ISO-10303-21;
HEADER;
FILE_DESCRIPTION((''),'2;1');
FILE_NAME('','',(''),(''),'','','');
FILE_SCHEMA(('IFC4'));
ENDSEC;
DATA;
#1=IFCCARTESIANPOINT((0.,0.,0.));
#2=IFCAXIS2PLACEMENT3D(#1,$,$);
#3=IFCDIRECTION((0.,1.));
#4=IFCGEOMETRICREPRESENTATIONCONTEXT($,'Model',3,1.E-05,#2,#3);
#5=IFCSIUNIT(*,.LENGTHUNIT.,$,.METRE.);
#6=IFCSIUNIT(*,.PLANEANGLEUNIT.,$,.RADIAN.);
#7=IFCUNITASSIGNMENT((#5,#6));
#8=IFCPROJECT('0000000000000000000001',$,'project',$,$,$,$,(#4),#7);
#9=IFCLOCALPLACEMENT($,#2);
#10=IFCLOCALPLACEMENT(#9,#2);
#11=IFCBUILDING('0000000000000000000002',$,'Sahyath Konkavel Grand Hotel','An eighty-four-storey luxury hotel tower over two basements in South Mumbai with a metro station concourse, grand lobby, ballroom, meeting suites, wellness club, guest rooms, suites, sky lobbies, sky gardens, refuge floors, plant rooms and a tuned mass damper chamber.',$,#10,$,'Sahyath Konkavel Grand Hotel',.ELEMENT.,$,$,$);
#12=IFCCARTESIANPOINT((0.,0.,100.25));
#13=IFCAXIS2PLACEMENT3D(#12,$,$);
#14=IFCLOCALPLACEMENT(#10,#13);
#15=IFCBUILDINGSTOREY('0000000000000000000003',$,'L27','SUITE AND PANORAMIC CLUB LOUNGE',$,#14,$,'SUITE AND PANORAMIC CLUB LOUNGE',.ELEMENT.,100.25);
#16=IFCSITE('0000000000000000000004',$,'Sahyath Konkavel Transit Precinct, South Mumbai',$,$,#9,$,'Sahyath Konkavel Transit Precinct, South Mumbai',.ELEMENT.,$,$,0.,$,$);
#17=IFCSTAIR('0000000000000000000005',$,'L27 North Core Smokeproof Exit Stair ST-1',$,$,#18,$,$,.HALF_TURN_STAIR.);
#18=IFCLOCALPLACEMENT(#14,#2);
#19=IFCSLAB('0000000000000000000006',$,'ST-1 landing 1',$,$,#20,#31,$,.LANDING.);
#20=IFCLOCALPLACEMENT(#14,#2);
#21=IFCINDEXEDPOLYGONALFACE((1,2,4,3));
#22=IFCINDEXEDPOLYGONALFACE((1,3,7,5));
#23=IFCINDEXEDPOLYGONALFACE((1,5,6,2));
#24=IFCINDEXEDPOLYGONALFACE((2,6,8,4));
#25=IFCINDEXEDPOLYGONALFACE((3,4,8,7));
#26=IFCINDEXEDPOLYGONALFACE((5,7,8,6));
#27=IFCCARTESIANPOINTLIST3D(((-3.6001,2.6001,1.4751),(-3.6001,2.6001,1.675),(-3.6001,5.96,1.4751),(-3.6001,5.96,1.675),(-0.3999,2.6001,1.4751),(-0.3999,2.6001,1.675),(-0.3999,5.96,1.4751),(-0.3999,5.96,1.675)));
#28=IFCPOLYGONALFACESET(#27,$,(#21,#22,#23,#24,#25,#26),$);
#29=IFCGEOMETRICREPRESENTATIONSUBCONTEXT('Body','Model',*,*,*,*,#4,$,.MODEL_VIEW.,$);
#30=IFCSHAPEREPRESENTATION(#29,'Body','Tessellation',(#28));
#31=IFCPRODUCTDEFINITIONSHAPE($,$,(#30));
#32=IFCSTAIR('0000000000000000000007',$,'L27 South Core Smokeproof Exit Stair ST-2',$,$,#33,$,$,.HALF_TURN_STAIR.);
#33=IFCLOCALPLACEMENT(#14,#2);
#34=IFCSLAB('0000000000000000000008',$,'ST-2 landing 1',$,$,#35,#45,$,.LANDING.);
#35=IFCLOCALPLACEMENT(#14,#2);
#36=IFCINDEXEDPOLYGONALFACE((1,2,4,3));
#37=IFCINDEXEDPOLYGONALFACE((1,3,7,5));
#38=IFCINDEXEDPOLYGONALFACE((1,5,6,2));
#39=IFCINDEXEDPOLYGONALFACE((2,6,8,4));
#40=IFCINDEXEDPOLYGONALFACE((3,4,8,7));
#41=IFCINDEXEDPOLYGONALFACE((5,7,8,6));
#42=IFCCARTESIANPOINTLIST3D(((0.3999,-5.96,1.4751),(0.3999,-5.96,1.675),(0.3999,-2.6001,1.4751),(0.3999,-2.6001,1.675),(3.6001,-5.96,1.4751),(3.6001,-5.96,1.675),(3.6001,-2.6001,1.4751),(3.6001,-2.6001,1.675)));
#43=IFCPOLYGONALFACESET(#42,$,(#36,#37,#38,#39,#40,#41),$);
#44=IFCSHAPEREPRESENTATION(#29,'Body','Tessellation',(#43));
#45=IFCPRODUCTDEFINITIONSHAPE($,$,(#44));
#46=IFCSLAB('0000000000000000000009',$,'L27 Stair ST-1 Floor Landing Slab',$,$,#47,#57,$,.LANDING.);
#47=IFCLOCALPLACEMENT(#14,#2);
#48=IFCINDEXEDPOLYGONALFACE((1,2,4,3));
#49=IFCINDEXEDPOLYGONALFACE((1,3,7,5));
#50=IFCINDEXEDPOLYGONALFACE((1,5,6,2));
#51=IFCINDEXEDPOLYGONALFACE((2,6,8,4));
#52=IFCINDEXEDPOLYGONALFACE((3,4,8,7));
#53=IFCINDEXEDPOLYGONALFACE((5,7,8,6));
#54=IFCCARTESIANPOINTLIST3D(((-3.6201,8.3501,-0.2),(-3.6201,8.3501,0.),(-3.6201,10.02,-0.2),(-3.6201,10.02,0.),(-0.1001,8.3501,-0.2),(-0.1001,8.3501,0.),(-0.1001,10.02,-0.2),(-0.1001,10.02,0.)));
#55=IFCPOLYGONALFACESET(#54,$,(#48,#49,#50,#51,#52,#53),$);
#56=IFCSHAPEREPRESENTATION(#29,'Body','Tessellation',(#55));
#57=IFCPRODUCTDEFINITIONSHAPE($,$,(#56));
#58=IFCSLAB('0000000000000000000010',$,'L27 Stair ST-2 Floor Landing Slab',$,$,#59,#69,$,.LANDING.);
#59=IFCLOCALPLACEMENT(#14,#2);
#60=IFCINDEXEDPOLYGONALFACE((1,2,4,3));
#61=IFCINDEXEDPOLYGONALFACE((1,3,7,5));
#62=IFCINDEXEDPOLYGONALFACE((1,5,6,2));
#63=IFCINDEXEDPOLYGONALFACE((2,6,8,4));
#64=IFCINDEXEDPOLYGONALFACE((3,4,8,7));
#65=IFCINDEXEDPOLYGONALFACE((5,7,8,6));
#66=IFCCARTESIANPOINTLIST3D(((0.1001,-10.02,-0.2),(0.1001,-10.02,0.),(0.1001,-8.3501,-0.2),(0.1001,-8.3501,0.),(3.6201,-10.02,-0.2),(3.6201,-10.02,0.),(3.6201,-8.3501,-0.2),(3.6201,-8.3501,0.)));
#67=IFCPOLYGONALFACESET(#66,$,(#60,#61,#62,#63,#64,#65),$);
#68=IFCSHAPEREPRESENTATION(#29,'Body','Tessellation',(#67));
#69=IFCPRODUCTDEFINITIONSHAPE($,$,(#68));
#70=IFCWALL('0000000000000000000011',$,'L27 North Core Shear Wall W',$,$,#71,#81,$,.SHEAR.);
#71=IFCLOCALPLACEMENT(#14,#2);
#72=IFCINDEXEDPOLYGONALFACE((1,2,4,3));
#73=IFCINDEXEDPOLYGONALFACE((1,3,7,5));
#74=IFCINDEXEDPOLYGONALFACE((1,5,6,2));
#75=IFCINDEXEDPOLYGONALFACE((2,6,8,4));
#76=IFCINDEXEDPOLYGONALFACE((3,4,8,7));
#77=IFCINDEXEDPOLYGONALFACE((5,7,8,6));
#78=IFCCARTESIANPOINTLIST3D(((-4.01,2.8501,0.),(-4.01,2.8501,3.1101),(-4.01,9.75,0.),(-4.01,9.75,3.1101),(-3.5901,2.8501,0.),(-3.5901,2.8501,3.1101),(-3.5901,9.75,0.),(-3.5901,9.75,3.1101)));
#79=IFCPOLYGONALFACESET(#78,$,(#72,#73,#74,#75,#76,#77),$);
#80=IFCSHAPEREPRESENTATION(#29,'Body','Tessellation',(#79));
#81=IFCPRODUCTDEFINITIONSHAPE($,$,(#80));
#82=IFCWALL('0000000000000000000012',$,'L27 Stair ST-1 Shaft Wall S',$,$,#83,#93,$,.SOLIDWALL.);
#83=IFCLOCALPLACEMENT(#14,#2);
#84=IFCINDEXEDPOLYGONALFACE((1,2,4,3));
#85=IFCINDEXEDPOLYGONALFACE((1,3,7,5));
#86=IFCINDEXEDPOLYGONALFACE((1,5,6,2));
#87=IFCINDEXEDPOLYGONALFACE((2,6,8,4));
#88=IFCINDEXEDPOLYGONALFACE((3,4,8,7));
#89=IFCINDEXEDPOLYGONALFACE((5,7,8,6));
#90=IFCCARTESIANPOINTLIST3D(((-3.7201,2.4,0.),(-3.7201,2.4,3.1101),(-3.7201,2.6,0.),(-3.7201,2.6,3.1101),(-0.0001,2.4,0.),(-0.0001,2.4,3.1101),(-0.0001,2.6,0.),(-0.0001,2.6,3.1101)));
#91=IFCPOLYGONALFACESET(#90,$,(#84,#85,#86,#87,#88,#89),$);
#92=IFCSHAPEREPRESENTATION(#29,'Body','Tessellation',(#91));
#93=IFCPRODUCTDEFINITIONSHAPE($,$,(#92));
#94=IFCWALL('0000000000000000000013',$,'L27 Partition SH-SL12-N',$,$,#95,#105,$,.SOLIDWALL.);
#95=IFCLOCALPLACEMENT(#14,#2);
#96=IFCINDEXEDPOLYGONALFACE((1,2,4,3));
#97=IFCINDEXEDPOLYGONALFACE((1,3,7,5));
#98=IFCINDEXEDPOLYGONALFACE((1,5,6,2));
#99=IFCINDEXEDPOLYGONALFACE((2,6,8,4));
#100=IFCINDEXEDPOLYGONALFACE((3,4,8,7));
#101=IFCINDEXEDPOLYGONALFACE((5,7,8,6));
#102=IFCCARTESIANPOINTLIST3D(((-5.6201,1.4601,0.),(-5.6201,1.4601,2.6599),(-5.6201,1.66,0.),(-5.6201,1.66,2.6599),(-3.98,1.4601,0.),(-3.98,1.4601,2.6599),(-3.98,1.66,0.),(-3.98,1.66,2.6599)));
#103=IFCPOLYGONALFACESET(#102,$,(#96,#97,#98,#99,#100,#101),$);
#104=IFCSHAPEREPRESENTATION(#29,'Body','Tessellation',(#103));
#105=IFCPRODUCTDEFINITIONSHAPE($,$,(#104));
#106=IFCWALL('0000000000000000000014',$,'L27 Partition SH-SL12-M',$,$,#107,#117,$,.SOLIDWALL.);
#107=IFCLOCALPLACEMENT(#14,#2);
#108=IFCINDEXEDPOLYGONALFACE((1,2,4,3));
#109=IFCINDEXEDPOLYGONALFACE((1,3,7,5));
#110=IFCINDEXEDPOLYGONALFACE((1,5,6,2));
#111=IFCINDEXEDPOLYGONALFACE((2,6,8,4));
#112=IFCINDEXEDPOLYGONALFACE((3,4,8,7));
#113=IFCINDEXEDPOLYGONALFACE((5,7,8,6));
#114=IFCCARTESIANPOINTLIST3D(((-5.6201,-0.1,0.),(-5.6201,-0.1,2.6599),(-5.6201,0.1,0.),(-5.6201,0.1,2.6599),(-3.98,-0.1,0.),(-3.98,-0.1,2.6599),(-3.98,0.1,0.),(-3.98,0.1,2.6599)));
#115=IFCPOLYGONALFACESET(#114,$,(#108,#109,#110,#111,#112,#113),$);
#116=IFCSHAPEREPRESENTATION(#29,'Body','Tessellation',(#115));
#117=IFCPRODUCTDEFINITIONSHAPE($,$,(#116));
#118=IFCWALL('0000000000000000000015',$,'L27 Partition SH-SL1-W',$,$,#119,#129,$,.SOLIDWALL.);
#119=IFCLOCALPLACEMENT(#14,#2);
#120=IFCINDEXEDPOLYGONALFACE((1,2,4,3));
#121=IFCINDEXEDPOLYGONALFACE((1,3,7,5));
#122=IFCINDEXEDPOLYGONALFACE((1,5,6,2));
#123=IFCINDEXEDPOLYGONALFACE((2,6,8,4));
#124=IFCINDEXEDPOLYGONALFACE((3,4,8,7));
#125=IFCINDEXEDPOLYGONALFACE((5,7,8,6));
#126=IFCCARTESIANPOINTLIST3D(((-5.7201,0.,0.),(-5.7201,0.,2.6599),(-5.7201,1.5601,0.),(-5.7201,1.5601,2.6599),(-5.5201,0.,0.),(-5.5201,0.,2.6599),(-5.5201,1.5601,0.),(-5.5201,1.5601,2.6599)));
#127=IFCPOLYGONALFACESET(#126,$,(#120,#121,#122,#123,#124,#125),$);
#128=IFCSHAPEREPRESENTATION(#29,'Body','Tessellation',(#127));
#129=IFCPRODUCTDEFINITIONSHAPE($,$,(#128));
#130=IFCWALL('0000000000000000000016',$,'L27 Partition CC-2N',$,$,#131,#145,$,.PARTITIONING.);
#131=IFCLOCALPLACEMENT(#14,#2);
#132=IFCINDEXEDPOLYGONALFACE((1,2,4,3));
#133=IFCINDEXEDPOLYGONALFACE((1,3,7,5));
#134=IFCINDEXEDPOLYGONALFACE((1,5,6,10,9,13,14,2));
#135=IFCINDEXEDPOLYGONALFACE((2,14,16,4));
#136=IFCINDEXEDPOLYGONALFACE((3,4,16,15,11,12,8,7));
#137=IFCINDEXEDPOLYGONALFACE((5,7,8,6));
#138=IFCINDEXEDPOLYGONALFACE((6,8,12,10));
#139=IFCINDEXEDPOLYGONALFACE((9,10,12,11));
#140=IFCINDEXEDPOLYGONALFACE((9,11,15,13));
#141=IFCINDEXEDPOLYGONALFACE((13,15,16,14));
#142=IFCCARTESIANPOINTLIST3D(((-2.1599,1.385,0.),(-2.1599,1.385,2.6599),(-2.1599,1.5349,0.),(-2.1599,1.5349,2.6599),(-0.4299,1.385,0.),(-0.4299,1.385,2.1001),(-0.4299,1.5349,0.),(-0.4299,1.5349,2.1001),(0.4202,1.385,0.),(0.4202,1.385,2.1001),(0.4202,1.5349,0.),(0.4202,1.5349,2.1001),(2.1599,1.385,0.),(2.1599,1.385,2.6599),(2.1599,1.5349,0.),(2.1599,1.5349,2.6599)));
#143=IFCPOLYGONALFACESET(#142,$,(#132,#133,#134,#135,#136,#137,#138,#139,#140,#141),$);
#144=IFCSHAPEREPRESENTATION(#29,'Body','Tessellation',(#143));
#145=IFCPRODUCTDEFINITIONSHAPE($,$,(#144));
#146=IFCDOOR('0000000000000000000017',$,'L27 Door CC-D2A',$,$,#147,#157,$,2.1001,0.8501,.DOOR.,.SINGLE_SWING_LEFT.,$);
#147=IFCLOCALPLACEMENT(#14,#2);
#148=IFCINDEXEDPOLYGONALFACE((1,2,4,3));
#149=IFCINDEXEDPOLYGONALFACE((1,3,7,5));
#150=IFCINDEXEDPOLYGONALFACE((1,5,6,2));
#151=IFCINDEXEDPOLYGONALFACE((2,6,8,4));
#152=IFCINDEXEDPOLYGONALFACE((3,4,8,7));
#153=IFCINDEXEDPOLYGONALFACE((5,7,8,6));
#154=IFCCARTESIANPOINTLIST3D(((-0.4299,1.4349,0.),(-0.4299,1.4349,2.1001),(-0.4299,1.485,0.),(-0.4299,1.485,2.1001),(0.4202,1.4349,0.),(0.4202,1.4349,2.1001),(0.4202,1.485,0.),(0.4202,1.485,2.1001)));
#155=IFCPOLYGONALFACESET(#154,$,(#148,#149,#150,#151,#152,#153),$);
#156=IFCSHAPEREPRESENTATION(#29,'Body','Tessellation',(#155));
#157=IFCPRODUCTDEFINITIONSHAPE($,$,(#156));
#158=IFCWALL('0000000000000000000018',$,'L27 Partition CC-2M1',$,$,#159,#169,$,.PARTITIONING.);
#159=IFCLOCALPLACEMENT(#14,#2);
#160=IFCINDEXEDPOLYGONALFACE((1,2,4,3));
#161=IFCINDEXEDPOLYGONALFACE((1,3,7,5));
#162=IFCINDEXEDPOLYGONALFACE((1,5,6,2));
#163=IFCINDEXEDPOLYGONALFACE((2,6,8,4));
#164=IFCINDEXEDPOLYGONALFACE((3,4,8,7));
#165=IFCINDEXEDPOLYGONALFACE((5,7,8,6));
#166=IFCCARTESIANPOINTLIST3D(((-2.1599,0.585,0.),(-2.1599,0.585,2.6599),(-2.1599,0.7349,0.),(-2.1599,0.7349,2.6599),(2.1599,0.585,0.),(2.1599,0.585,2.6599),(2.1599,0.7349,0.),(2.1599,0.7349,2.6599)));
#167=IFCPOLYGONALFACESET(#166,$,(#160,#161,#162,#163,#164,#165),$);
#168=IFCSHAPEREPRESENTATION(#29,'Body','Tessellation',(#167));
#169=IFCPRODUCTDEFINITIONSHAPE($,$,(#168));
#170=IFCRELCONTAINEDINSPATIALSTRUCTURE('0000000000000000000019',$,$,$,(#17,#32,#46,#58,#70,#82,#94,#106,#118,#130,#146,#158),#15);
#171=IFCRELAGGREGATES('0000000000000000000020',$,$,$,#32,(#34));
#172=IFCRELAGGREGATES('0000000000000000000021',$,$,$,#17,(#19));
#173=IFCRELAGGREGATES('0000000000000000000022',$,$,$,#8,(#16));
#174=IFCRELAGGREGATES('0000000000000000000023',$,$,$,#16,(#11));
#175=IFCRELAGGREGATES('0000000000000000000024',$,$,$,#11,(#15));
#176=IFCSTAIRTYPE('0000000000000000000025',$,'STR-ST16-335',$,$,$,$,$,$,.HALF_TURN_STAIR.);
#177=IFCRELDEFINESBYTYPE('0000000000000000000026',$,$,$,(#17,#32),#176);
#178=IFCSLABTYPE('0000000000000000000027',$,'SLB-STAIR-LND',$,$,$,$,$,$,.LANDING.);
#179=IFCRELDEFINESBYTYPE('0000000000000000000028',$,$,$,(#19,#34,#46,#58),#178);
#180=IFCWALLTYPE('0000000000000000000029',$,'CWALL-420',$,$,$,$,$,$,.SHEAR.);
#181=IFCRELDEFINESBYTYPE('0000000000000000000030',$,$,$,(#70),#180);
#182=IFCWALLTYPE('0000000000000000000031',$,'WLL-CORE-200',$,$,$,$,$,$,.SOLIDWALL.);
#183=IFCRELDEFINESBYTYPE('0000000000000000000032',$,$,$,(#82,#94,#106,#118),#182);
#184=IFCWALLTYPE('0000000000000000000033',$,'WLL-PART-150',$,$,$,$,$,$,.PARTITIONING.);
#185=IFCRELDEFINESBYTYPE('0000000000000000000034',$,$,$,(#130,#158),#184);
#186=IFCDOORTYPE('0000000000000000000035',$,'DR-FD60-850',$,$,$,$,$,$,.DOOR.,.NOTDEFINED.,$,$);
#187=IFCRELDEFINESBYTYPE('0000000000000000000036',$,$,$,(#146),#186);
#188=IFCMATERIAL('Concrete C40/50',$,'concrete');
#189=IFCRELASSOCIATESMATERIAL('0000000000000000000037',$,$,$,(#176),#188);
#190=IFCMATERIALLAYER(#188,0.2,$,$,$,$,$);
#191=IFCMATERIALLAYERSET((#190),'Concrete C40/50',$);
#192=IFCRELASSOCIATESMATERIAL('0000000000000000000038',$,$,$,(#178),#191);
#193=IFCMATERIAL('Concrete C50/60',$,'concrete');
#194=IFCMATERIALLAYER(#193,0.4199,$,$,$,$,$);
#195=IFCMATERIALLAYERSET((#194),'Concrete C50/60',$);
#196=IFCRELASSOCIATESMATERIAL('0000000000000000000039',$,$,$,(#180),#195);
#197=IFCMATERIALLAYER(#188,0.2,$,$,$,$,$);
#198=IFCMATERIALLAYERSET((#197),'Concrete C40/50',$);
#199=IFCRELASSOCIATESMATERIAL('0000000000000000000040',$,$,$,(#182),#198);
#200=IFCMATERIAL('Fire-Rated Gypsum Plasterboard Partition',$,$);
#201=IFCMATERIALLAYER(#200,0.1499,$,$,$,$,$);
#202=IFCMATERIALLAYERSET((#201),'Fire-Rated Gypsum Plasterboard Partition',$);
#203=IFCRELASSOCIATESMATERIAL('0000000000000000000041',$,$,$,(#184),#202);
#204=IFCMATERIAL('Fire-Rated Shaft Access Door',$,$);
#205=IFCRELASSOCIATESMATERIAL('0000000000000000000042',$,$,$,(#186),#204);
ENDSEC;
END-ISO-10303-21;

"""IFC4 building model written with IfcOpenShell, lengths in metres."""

from ifc_helpers import new_model, si_unit, direction, frame, frame_2d, origin, origin_2d, place, context, subcontext, project, spatial, polyline, rectangle, outline, extrude, source, transform, mapped, material, layer, layer_set, type_object, element, fill, aggregate, save


model = new_model("IFC4")

# Units and contexts
model_context = context("Model", 3, precision=1e-05, world=origin(), true_north=direction((0.0, 1.0)))
body_context = subcontext(model_context, "Body", "Model", "MODEL_VIEW")
ifc_project = project(units=[si_unit("LENGTHUNIT", "METRE"), si_unit("PLANEANGLEUNIT", "RADIAN")], contexts=[model_context])

# Site, building, storey
site_placement = place(None, origin())
site = spatial("IfcSite", under=ifc_project, at=site_placement, Name="Sahyath Konkavel Transit Precinct, South Mumbai", LongName="Sahyath Konkavel Transit Precinct, South Mumbai", CompositionType="ELEMENT", RefElevation=0.0)
building_placement = place(site_placement, origin())
building = spatial("IfcBuilding", under=site, at=building_placement, Name="Sahyath Konkavel Grand Hotel", Description="An eighty-four-storey luxury hotel tower over two basements in South Mumbai with a metro station concourse, grand lobby, ballroom, meeting suites, wellness club, guest rooms, suites, sky lobbies, sky gardens, refuge floors, plant rooms and a tuned mass damper chamber.", LongName="Sahyath Konkavel Grand Hotel", CompositionType="ELEMENT")
storey_placement = place(building_placement, frame((0.0, 0.0, 100.25)))
storey = spatial("IfcBuildingStorey", under=building, at=storey_placement, Name="L27", Description="SUITE AND PANORAMIC CLUB LOUNGE", LongName="SUITE AND PANORAMIC CLUB LOUNGE", CompositionType="ELEMENT", Elevation=100.25)

# Shared definitions
ifc_material_1 = material(Name="Concrete C50/60", Category="concrete")

# Shared definitions
ifc_material_2 = material(Name="Concrete C40/50", Category="concrete")

# Stairs, slabs
stair_type = type_object("IfcStairType", Name="STR-ST16-335", PredefinedType="HALF_TURN_STAIR", material=ifc_material_2)
stair_1_placement = place(storey_placement, origin())
stair_1 = element("IfcStair", 1, at=stair_1_placement, inside=storey, type_object=stair_type, Name="L27 North Core Smokeproof Exit Stair ST-1", PredefinedType="HALF_TURN_STAIR")
ifc_layer_1 = layer(ifc_material_2, 0.2)
ifc_layer_set_1 = layer_set([ifc_layer_1], Name="Concrete C40/50")
slab_type_1 = type_object("IfcSlabType", Name="SLB-STAIR-LND", PredefinedType="LANDING", material=ifc_layer_set_1)
slab_1_placement = place(storey_placement, frame((0.0, 0.0, 1.4751)))
slab_1 = element("IfcSlab", 2, at=slab_1_placement, type_object=slab_type_1, Name="ST-1 landing 1", PredefinedType="LANDING", context=body_context, shape_type="SweptSolid", body=[
    extrude(outline(polyline([(-3.6001, 5.96), (-3.6001, 2.6001), (-0.3999, 2.6001), (-0.3999, 5.96), (-3.6001, 5.96)])), origin(), (0.0, 0.0, 1.0), 0.2),
])
stair_2_placement = place(storey_placement, origin())
stair_2 = element("IfcStair", 3, at=stair_2_placement, inside=storey, type_object=stair_type, Name="L27 South Core Smokeproof Exit Stair ST-2", PredefinedType="HALF_TURN_STAIR")
slab_2_placement = place(storey_placement, frame((0.0, 0.0, 1.4751)))
slab_2 = element("IfcSlab", 4, at=slab_2_placement, type_object=slab_type_1, Name="ST-2 landing 1", PredefinedType="LANDING", context=body_context, shape_type="SweptSolid", body=[
    extrude(outline(polyline([(3.6001, -5.96), (3.6001, -2.6001), (0.3999, -2.6001), (0.3999, -5.96), (3.6001, -5.96)])), origin(), (0.0, 0.0, 1.0), 0.2),
])
aggregate(stair_2, [slab_2])

# Slabs
slab_3_placement = place(storey_placement, frame((0.0, 0.0, -0.2)))
element("IfcSlab", 5, at=slab_3_placement, inside=storey, type_object=slab_type_1, Name="L27 Stair ST-1 Floor Landing Slab", PredefinedType="LANDING", context=body_context, shape_type="SweptSolid", body=[
    extrude(outline(polyline([(-3.6201, 8.3501), (-0.1001, 8.3501), (-0.1001, 10.02), (-3.6201, 10.02), (-3.6201, 8.3501)])), origin(), (0.0, 0.0, 1.0), 0.2),
])
slab_4_placement = place(storey_placement, frame((0.0, 0.0, -0.2)))
element("IfcSlab", 6, at=slab_4_placement, inside=storey, type_object=slab_type_1, Name="L27 Stair ST-2 Floor Landing Slab", PredefinedType="LANDING", context=body_context, shape_type="SweptSolid", body=[
    extrude(outline(polyline([(0.1001, -10.02), (3.6201, -10.02), (3.6201, -8.3501), (0.1001, -8.3501), (0.1001, -10.02)])), origin(), (0.0, 0.0, 1.0), 0.2),
])

# Walls
ifc_layer_2 = layer(ifc_material_1, 0.4199)
ifc_layer_set_2 = layer_set([ifc_layer_2], Name="Concrete C50/60")
wall_type_1 = type_object("IfcWallType", Name="CWALL-420", PredefinedType="SHEAR", material=ifc_layer_set_2)
wall_1_placement = place(storey_placement, frame((-3.8, 2.8501, 0.0), z_axis=(0.0, 0.0, 1.0), x_axis=(0.0, 1.0, 0.0)))
element("IfcWall", 7, at=wall_1_placement, inside=storey, type_object=wall_type_1, Name="L27 North Core Shear Wall W", PredefinedType="SHEAR", context=body_context, shape_type="SweptSolid", body=[
    extrude(rectangle(XDim=6.8999, YDim=0.4199, at=frame_2d((3.45, 0.0))), origin(), (0.0, 0.0, 1.0), 3.1101),
])
ifc_layer_3 = layer(ifc_material_2, 0.2)
ifc_layer_set_3 = layer_set([ifc_layer_3], Name="Concrete C40/50")
wall_type_2 = type_object("IfcWallType", Name="WLL-CORE-200", PredefinedType="SOLIDWALL", material=ifc_layer_set_3)
wall_2_placement = place(storey_placement, frame((-3.72, 2.5, 0.0), z_axis=(0.0, 0.0, 1.0), x_axis=(1.0, 0.0, 0.0)))
element("IfcWall", 8, at=wall_2_placement, inside=storey, type_object=wall_type_2, Name="L27 Stair ST-1 Shaft Wall S", PredefinedType="SOLIDWALL", context=body_context, shape_type="SweptSolid", body=[
    extrude(rectangle(XDim=3.72, YDim=0.2, at=frame_2d((1.8599, 0.0))), origin(), (0.0, 0.0, 1.0), 3.1101),
])
for number, where, z_axis, x_axis, name in (
    (9, (-5.6201, 1.5601, 0.0), (0.0, 0.0, 1.0), (1.0, 0.0, 0.0), "L27 Partition SH-SL12-N"),
    (10, (-5.6201, 0.0, 0.0), (0.0, 0.0, 1.0), (1.0, 0.0, 0.0), "L27 Partition SH-SL12-M"),
):
    element("IfcWall", number, at=place(storey_placement, frame(where, z_axis=z_axis, x_axis=x_axis)), inside=storey, type_object=wall_type_2, Name=name, PredefinedType="SOLIDWALL", context=body_context, shape_type="SweptSolid", body=[
        extrude(rectangle(XDim=1.6401, YDim=0.2, at=frame_2d((0.8201, 0.0))), origin(), (0.0, 0.0, 1.0), 2.6599),
    ])
wall_3_placement = place(storey_placement, frame((-5.6201, 0.0, 0.0), z_axis=(0.0, 0.0, 1.0), x_axis=(0.0, 1.0, 0.0)))
element("IfcWall", 11, at=wall_3_placement, inside=storey, type_object=wall_type_2, Name="L27 Partition SH-SL1-W", PredefinedType="SOLIDWALL", context=body_context, shape_type="SweptSolid", body=[
    extrude(rectangle(XDim=1.5601, YDim=0.2, at=frame_2d((0.78, 0.0))), origin(), (0.0, 0.0, 1.0), 2.6599),
])

# Wall, opening, door
ifc_material_3 = material(Name="Fire-Rated Gypsum Plasterboard Partition")
ifc_layer_4 = layer(ifc_material_3, 0.1499)
ifc_layer_set_4 = layer_set([ifc_layer_4], Name="Fire-Rated Gypsum Plasterboard Partition")
wall_type_3 = type_object("IfcWallType", Name="WLL-PART-150", PredefinedType="PARTITIONING", material=ifc_layer_set_4)
wall_4_placement = place(storey_placement, frame((-2.1599, 1.46, 0.0), z_axis=(0.0, 0.0, 1.0), x_axis=(1.0, 0.0, 0.0)))
wall_4 = element("IfcWall", 12, at=wall_4_placement, inside=storey, type_object=wall_type_3, Name="L27 Partition CC-2N", PredefinedType="PARTITIONING", context=body_context, shape_type="SweptSolid", body=[
    extrude(rectangle(XDim=4.3198, YDim=0.1499, at=frame_2d((2.1599, 0.0))), origin(), (0.0, 0.0, 1.0), 2.6599),
])
opening_placement = place(wall_4_placement, frame((1.73, 0.0, 0.0)))
opening = element("IfcOpeningElement", 13, at=opening_placement, cuts=wall_4, PredefinedType="OPENING", context=body_context, shape_type="SweptSolid", body=[
    extrude(rectangle(XDim=0.8501, YDim=2.1001, at=frame_2d((0.425, 1.05))), frame((0.0, 0.085, 0.0), z_axis=(0.0, -1.0, 0.0), x_axis=(1.0, 0.0, 0.0)), (0.0, 0.0, 1.0), 0.1699),
])
ifc_material_4 = material(Name="Fire-Rated Shaft Access Door")
door_type = type_object("IfcDoorType", Name="DR-FD60-850", OperationType="NOTDEFINED", PredefinedType="DOOR", material=ifc_material_4)
shared_shape_1 = source(origin(), body_context, "Body", "SweptSolid", [
    extrude(rectangle(XDim=0.8501, YDim=0.05, at=origin_2d()), origin(), (0.0, 0.0, 1.0), 2.1001),
])
door_placement = place(opening_placement, frame((0.425, 0.0, 0.0)))
door = element("IfcDoor", 14, at=door_placement, inside=storey, type_object=door_type, Name="L27 Door CC-D2A", OperationType="SINGLE_SWING_LEFT", OverallHeight=2.1001, OverallWidth=0.8501, PredefinedType="DOOR", context=body_context, shape_type="MappedRepresentation", body=[
    mapped(shared_shape_1, transform((0.0, 0.0, 0.0), scale=1.0)),
])
fill(opening, door)

# Wall
wall_5_placement = place(storey_placement, frame((-2.1599, 0.6599, 0.0), z_axis=(0.0, 0.0, 1.0), x_axis=(1.0, 0.0, 0.0)))
element("IfcWall", 15, at=wall_5_placement, inside=storey, type_object=wall_type_3, Name="L27 Partition CC-2M1", PredefinedType="PARTITIONING", context=body_context, shape_type="SweptSolid", body=[
    extrude(rectangle(XDim=4.3198, YDim=0.1499, at=frame_2d((2.1599, 0.0))), origin(), (0.0, 0.0, 1.0), 2.6599),
])

aggregate(stair_1, [slab_1])

save(model, "model.ifc")
